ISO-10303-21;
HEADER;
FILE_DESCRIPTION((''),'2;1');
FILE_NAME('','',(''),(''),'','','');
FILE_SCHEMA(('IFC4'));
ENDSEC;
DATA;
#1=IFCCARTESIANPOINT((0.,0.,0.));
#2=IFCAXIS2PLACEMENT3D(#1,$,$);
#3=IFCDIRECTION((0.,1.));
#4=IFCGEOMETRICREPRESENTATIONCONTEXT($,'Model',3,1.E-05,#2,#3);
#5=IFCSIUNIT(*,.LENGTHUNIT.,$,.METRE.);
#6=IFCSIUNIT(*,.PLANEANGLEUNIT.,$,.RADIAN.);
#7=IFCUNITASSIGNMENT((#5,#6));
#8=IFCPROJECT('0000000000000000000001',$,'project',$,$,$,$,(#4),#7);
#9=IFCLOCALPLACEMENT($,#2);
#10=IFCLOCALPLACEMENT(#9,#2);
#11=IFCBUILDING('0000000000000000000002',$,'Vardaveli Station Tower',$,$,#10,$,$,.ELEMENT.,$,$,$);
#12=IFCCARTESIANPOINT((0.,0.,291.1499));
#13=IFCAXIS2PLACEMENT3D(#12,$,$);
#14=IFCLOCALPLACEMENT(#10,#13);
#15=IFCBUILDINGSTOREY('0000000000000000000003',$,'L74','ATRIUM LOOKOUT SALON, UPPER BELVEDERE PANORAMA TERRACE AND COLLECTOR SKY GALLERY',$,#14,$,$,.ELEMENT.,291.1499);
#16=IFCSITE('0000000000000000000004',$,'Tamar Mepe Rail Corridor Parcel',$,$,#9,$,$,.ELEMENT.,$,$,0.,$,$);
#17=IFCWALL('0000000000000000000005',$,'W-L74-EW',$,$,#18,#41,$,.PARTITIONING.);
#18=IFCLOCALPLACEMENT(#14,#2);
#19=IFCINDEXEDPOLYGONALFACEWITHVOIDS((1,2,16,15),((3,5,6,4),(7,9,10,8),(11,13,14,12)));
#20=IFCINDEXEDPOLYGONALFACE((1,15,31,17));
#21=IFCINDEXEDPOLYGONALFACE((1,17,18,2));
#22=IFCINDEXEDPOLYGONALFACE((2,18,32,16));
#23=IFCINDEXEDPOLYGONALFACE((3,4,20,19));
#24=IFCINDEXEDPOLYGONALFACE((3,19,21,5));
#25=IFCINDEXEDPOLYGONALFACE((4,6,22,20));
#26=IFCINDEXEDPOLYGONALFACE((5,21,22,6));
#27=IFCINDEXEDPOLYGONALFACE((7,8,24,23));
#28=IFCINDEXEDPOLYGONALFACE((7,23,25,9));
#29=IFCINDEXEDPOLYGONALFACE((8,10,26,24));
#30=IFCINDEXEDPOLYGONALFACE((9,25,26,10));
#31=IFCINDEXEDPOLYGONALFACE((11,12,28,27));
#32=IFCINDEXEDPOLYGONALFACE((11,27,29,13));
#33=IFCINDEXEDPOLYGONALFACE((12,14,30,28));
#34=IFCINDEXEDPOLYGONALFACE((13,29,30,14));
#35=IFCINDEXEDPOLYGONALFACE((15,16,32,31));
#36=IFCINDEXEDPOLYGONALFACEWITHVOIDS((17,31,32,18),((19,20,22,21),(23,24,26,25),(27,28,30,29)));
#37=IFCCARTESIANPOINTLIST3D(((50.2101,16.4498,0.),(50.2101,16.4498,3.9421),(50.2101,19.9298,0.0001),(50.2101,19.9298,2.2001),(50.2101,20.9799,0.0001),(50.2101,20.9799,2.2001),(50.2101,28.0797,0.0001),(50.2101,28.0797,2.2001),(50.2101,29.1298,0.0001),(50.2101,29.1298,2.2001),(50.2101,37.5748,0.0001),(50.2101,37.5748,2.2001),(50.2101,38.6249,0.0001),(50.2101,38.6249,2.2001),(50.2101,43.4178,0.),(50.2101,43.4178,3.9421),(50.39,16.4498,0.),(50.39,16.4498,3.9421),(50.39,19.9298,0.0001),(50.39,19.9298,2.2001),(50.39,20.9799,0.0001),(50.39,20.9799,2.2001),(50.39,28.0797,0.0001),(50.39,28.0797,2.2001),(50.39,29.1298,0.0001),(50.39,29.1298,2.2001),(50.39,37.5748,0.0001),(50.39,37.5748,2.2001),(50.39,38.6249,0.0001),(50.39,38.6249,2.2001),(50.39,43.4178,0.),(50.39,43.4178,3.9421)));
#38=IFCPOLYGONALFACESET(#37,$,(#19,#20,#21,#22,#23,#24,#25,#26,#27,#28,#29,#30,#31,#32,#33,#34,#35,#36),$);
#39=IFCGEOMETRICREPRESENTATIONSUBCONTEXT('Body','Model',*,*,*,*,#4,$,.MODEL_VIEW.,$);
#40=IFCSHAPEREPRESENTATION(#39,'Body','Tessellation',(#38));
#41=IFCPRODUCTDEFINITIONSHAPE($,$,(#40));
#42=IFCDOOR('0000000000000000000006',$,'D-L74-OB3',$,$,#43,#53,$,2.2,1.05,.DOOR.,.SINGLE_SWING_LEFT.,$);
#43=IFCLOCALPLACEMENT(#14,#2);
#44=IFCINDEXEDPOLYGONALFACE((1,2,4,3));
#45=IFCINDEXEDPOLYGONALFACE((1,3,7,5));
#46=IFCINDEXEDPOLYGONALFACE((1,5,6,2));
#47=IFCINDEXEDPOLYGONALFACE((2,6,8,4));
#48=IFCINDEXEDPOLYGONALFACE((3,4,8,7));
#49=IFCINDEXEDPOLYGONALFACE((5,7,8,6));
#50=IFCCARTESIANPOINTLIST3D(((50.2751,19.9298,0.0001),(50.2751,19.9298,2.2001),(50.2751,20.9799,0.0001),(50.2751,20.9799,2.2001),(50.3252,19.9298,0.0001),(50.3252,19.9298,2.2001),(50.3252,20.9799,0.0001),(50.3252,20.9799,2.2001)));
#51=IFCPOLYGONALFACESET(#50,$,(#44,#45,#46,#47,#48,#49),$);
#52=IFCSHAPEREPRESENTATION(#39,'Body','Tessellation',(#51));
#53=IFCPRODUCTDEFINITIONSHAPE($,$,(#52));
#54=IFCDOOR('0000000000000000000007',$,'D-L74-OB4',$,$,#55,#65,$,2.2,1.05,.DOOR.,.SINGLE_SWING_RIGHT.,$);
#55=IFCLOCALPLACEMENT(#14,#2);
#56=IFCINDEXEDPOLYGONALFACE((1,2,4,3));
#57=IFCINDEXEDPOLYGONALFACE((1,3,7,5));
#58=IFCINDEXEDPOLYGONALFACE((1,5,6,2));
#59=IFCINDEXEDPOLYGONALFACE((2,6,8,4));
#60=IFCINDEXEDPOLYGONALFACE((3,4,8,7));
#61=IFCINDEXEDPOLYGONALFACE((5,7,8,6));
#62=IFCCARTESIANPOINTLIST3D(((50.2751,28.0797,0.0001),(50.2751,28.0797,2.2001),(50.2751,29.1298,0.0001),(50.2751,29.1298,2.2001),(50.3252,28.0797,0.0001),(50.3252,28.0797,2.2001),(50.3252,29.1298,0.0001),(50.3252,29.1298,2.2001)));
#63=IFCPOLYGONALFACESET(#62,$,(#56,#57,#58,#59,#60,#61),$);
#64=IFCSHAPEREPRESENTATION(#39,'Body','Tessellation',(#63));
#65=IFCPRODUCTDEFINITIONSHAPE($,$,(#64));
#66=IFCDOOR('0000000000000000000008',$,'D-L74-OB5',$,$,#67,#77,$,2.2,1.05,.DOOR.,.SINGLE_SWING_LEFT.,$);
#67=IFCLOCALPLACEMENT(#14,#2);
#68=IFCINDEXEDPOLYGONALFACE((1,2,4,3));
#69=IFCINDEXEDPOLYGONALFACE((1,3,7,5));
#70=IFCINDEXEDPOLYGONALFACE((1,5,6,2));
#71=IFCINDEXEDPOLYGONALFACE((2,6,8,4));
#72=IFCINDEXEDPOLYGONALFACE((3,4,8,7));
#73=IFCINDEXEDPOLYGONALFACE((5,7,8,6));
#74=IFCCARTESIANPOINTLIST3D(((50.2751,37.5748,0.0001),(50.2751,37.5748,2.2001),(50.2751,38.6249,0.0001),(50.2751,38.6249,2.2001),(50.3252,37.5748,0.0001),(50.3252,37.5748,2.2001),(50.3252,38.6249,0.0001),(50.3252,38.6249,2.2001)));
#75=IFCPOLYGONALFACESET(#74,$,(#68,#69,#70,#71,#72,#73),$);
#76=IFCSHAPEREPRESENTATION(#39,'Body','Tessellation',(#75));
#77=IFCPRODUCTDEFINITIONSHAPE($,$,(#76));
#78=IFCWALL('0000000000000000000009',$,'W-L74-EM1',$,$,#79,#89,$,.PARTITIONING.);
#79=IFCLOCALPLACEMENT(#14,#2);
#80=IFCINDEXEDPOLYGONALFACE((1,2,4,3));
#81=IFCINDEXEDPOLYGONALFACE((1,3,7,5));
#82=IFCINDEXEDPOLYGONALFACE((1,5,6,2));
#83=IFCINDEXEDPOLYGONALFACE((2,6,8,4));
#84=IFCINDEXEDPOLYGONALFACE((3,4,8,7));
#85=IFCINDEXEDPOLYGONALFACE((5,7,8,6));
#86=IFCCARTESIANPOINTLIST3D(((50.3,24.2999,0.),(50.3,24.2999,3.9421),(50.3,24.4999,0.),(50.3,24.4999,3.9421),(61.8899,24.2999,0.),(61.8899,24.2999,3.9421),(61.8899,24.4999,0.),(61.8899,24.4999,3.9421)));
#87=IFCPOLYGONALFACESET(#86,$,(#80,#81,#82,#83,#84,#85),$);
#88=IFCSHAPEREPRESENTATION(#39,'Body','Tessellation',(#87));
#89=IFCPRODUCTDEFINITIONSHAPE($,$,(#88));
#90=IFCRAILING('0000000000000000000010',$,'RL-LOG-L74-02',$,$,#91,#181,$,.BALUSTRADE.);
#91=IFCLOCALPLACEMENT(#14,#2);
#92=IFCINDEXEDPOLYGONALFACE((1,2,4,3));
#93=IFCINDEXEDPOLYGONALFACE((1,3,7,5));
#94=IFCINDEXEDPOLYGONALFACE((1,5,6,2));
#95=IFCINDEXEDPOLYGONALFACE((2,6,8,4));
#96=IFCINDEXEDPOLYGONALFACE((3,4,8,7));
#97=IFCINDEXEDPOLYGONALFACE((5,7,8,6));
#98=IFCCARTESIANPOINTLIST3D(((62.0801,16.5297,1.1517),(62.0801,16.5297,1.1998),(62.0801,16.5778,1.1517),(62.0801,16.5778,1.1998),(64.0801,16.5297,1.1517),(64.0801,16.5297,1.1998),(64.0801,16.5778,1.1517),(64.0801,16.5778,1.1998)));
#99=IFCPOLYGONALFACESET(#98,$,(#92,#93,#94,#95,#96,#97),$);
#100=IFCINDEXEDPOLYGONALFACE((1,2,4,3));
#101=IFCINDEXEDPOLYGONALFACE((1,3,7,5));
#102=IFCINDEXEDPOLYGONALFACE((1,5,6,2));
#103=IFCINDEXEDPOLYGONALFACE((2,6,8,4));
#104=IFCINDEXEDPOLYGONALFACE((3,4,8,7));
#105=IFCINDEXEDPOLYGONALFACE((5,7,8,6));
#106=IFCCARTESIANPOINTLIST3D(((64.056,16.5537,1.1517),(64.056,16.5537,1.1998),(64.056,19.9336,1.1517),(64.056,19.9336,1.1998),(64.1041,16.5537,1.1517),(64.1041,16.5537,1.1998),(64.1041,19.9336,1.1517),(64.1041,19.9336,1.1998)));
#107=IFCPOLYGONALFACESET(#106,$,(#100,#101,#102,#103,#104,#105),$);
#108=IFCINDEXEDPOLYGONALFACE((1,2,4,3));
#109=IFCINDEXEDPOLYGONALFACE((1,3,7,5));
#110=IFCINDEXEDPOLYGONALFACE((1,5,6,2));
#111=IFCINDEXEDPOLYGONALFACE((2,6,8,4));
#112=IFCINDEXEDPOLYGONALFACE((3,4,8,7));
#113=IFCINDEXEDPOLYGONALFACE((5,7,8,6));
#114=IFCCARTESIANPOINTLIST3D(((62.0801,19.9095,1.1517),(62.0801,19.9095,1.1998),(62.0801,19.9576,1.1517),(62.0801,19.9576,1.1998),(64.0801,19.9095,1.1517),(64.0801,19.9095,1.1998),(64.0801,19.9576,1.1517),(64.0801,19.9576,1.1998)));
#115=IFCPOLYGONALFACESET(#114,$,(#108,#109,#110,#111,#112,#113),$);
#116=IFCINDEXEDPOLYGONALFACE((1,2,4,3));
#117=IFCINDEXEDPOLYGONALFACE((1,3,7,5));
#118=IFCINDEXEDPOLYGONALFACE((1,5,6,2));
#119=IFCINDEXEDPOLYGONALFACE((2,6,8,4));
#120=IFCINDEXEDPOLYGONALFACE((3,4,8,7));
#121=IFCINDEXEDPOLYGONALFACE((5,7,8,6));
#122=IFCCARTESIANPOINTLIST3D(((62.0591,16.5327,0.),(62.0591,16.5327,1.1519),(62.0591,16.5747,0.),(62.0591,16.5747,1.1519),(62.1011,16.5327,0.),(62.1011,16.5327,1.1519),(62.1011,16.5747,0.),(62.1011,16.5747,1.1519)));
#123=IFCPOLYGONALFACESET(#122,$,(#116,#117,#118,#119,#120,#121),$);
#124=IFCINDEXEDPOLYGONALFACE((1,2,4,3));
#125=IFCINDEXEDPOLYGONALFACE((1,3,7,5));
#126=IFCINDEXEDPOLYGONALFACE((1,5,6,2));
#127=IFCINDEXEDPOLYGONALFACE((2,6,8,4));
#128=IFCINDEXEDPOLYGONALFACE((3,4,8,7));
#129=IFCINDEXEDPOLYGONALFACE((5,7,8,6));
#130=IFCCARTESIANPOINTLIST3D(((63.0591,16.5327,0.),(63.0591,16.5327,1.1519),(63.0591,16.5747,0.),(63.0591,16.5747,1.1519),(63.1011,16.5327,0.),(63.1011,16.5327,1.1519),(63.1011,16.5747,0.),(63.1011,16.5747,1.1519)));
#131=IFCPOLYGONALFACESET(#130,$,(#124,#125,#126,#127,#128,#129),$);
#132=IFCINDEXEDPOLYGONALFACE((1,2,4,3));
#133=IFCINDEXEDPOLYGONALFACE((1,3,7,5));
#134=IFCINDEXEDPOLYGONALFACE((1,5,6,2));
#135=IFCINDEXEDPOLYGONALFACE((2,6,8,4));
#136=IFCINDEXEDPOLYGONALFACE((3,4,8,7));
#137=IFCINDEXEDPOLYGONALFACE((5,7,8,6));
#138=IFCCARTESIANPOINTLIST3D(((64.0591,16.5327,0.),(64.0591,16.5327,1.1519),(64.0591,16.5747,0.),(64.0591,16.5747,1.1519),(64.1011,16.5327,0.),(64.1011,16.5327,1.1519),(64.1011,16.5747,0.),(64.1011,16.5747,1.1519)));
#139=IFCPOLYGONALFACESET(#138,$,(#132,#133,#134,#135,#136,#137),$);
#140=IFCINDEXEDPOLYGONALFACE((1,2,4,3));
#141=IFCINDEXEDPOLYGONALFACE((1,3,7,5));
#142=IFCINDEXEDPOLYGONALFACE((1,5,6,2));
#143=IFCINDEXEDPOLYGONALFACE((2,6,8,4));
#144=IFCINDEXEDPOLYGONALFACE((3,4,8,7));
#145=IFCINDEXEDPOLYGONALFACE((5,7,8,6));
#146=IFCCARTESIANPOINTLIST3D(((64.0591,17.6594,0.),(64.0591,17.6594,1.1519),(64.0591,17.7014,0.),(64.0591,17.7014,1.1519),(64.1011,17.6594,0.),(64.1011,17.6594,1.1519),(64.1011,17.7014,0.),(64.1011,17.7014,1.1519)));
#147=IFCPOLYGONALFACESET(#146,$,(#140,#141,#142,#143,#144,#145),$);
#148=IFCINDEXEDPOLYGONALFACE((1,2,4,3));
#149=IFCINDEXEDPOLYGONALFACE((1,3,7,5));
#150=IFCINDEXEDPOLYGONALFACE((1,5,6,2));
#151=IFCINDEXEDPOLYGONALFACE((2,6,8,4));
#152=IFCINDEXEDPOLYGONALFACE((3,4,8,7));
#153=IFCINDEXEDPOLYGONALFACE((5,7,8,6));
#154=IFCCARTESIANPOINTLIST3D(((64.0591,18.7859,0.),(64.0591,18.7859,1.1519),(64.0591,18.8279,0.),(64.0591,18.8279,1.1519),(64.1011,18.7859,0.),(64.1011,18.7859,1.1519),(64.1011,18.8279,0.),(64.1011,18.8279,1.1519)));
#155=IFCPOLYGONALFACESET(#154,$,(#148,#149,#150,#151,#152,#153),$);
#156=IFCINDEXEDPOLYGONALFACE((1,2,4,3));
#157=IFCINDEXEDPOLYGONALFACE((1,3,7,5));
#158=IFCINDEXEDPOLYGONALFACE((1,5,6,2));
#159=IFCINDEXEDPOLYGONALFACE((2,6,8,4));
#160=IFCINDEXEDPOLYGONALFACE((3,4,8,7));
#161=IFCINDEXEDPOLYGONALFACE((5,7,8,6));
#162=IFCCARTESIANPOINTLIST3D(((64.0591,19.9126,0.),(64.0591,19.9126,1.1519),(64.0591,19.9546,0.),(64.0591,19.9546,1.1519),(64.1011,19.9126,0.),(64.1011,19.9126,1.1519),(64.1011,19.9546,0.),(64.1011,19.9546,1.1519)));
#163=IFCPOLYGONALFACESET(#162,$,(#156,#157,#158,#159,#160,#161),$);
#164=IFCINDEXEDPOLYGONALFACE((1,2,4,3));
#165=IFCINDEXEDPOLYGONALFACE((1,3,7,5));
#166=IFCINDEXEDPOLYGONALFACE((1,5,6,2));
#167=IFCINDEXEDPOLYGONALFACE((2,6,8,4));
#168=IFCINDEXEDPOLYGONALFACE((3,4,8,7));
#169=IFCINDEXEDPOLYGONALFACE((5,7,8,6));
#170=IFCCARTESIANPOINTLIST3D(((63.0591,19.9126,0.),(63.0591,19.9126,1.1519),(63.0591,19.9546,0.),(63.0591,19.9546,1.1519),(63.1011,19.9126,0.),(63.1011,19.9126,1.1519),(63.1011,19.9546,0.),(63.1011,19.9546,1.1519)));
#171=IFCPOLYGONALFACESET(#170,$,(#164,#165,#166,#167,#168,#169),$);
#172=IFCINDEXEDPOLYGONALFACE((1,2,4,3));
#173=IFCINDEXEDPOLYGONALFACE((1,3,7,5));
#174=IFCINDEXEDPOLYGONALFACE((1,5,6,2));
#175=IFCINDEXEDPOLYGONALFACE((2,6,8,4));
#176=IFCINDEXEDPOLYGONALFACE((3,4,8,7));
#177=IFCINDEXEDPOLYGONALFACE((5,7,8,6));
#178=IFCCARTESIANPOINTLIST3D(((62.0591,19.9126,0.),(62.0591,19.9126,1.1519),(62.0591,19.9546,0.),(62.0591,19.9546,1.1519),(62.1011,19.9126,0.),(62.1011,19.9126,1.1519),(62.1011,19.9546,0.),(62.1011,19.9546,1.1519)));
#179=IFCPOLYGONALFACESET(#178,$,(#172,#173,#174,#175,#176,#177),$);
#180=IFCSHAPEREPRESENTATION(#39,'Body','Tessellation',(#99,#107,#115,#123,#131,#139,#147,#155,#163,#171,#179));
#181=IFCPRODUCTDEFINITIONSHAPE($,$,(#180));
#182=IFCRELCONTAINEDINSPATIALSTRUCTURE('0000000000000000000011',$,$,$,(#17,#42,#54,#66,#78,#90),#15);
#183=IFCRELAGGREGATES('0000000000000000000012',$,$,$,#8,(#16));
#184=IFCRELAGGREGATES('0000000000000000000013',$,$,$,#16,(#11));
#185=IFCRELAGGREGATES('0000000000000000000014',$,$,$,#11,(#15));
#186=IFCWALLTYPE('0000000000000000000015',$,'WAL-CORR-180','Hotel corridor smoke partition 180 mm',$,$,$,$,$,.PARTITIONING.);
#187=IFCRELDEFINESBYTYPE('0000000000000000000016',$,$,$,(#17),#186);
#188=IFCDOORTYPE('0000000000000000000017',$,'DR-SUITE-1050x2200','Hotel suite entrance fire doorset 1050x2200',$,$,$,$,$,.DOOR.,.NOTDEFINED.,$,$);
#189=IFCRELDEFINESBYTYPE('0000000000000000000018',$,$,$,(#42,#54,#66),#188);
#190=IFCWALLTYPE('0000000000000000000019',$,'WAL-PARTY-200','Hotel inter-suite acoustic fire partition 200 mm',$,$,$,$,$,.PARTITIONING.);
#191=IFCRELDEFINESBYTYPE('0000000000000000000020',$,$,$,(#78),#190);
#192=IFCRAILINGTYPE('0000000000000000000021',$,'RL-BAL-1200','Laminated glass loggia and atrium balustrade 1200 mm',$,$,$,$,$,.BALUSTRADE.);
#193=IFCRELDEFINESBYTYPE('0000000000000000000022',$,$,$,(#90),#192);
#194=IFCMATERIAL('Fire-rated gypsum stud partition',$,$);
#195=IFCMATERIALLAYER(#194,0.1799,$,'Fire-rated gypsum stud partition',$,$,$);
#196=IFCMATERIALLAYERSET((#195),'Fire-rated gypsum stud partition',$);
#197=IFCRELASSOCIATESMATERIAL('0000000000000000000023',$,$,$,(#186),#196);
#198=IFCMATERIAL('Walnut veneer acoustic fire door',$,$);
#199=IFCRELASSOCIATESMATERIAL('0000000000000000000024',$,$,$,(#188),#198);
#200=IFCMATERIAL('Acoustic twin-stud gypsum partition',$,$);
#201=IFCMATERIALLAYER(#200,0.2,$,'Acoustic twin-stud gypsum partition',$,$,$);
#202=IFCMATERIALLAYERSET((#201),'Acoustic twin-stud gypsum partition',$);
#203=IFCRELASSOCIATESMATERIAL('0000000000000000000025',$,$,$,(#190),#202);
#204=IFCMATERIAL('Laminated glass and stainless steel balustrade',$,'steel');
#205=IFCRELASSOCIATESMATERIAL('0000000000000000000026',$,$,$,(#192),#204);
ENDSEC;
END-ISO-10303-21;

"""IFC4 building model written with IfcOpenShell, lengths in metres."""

from ifc_helpers import new_model, si_unit, direction, frame, frame_2d, origin, origin_2d, place, context, subcontext, project, spatial, rectangle, extrude, source, transform, mapped, material, layer, layer_set, type_object, element, fill, save


model = new_model("IFC4")

# Units and contexts
model_context = context("Model", 3, precision=1e-05, world=origin(), true_north=direction((0.0, 1.0)))
body_context = subcontext(model_context, "Body", "Model", "MODEL_VIEW")
ifc_project = project(units=[si_unit("LENGTHUNIT", "METRE"), si_unit("PLANEANGLEUNIT", "RADIAN")], contexts=[model_context])

# Site, building, storey
site_placement = place(None, origin())
site = spatial("IfcSite", under=ifc_project, at=site_placement, Name="Tamar Mepe Rail Corridor Parcel", CompositionType="ELEMENT", RefElevation=0.0)
building_placement = place(site_placement, origin())
building = spatial("IfcBuilding", under=site, at=building_placement, Name="Vardaveli Station Tower", CompositionType="ELEMENT")
storey_placement = place(building_placement, frame((0.0, 0.0, 291.1499)))
storey = spatial("IfcBuildingStorey", under=building, at=storey_placement, Name="L74", Description="ATRIUM LOOKOUT SALON, UPPER BELVEDERE PANORAMA TERRACE AND COLLECTOR SKY GALLERY", CompositionType="ELEMENT", Elevation=291.1499)

# Shared definitions
ifc_material_1 = material(Name="Fire-rated gypsum stud partition")
ifc_layer_1 = layer(ifc_material_1, 0.1799, Name="Fire-rated gypsum stud partition")
ifc_layer_set_1 = layer_set([ifc_layer_1], Name="Fire-rated gypsum stud partition")
wall_type_1 = type_object("IfcWallType", Name="WAL-CORR-180", Description="Hotel corridor smoke partition 180 mm", PredefinedType="PARTITIONING", material=ifc_layer_set_1)

# Wall, openings, doors
shared_shape_1 = source(origin(), body_context, "Body", "SweptSolid", [
    extrude(rectangle(XDim=26.968, YDim=0.1799, at=frame_2d((13.4839, 0.0))), origin(), (0.0, 0.0, 1.0), 3.9421),
])
wall_1_placement = place(storey_placement, frame((50.3, 16.45, 0.0), z_axis=(0.0, 0.0, 1.0), x_axis=(0.0, 1.0, 0.0)))
wall_1 = element("IfcWall", 1, at=wall_1_placement, inside=storey, type_object=wall_type_1, Name="W-L74-EW", PredefinedType="PARTITIONING", context=body_context, shape_type="MappedRepresentation", body=[
    mapped(shared_shape_1, transform((0.0, 0.0, 0.0), scale=1.0)),
])
shared_shape_2 = source(origin(), body_context, "Body", "SweptSolid", [
    extrude(rectangle(XDim=1.05, YDim=2.2, at=frame_2d((0.5249, 1.1001))), frame((0.0, 0.1001, 0.0), z_axis=(0.0, -1.0, 0.0), x_axis=(1.0, 0.0, 0.0)), (0.0, 0.0, 1.0), 0.2),
])
opening_1_placement = place(wall_1_placement, frame((3.48, 0.0, 0.0)))
opening_1 = element("IfcOpeningElement", 2, at=opening_1_placement, cuts=wall_1, PredefinedType="OPENING", context=body_context, shape_type="MappedRepresentation", body=[
    mapped(shared_shape_2, transform((0.0, 0.0, 0.0), scale=1.0)),
])
opening_2_placement = place(wall_1_placement, frame((11.6299, 0.0, 0.0)))
opening_2 = element("IfcOpeningElement", 3, at=opening_2_placement, cuts=wall_1, PredefinedType="OPENING", context=body_context, shape_type="MappedRepresentation", body=[
    mapped(shared_shape_2, transform((0.0, 0.0, 0.0), scale=1.0)),
])
opening_3_placement = place(wall_1_placement, frame((21.125, 0.0, 0.0)))
opening_3 = element("IfcOpeningElement", 4, at=opening_3_placement, cuts=wall_1, PredefinedType="OPENING", context=body_context, shape_type="MappedRepresentation", body=[
    mapped(shared_shape_2, transform((0.0, 0.0, 0.0), scale=1.0)),
])
ifc_material_2 = material(Name="Walnut veneer acoustic fire door")
door_type = type_object("IfcDoorType", Name="DR-SUITE-1050x2200", Description="Hotel suite entrance fire doorset 1050x2200", OperationType="NOTDEFINED", PredefinedType="DOOR", material=ifc_material_2)
shared_shape_3 = source(origin(), body_context, "Body", "SweptSolid", [
    extrude(rectangle(XDim=1.05, YDim=2.2, at=frame_2d((0.5249, 1.1001))), frame((0.0, 0.0249, 0.0), z_axis=(0.0, -1.0, 0.0), x_axis=(1.0, 0.0, 0.0)), (0.0, 0.0, 1.0), 0.05),
])
door_1_placement = place(opening_1_placement, origin())
door_1 = element("IfcDoor", 5, at=door_1_placement, inside=storey, type_object=door_type, Name="D-L74-OB3", OperationType="SINGLE_SWING_LEFT", OverallHeight=2.2, OverallWidth=1.05, PredefinedType="DOOR", context=body_context, shape_type="MappedRepresentation", body=[
    mapped(shared_shape_3, transform((0.0, 0.0, 0.0), scale=1.0)),
])
fill(opening_1, door_1)
door_2_placement = place(opening_2_placement, origin())
door_2 = element("IfcDoor", 6, at=door_2_placement, inside=storey, type_object=door_type, Name="D-L74-OB4", OperationType="SINGLE_SWING_RIGHT", OverallHeight=2.2, OverallWidth=1.05, PredefinedType="DOOR", context=body_context, shape_type="MappedRepresentation", body=[
    mapped(shared_shape_3, transform((0.0, 0.0, 0.0), scale=1.0)),
])
fill(opening_2, door_2)
door_3_placement = place(opening_3_placement, origin())
door_3 = element("IfcDoor", 7, at=door_3_placement, inside=storey, type_object=door_type, Name="D-L74-OB5", OperationType="SINGLE_SWING_LEFT", OverallHeight=2.2, OverallWidth=1.05, PredefinedType="DOOR", context=body_context, shape_type="MappedRepresentation", body=[
    mapped(shared_shape_3, transform((0.0, 0.0, 0.0), scale=1.0)),
])
fill(opening_3, door_3)

# Wall
ifc_material_3 = material(Name="Acoustic twin-stud gypsum partition")
ifc_layer_2 = layer(ifc_material_3, 0.2, Name="Acoustic twin-stud gypsum partition")
ifc_layer_set_2 = layer_set([ifc_layer_2], Name="Acoustic twin-stud gypsum partition")
wall_type_2 = type_object("IfcWallType", Name="WAL-PARTY-200", Description="Hotel inter-suite acoustic fire partition 200 mm", PredefinedType="PARTITIONING", material=ifc_layer_set_2)
shared_shape_4 = source(origin(), body_context, "Body", "SweptSolid", [
    extrude(rectangle(XDim=11.5898, YDim=0.2, at=frame_2d((5.7949, 0.0))), origin(), (0.0, 0.0, 1.0), 3.9421),
])
wall_2_placement = place(storey_placement, frame((50.3, 24.3999, 0.0), z_axis=(0.0, 0.0, 1.0), x_axis=(1.0, 0.0, 0.0)))
element("IfcWall", 8, at=wall_2_placement, inside=storey, type_object=wall_type_2, Name="W-L74-EM1", PredefinedType="PARTITIONING", context=body_context, shape_type="MappedRepresentation", body=[
    mapped(shared_shape_4, transform((0.0, 0.0, 0.0), scale=1.0)),
])

# Railing
ifc_material_4 = material(Name="Laminated glass and stainless steel balustrade", Category="steel")
railing_type = type_object("IfcRailingType", Name="RL-BAL-1200", Description="Laminated glass loggia and atrium balustrade 1200 mm", PredefinedType="BALUSTRADE", material=ifc_material_4)
shared_shape_5 = source(origin(), body_context, "Body", "SweptSolid", [
    extrude(rectangle(XDim=0.0481, YDim=0.0481, at=origin_2d()), frame((0.0, 0.0, 1.1758), z_axis=(1.0, 0.0, 0.0), x_axis=(0.0, 1.0, 0.0)), (0.0, 0.0, 1.0), 2.0),
    extrude(rectangle(XDim=0.0481, YDim=0.0481, at=origin_2d()), frame((2.0, 0.0, 1.1758), z_axis=(0.0, 1.0, 0.0), x_axis=(-1.0, 0.0, 0.0)), (0.0, 0.0, 1.0), 3.3799),
    extrude(rectangle(XDim=0.0481, YDim=0.0481, at=origin_2d()), frame((2.0, 3.3799, 1.1758), z_axis=(-1.0, 0.0, 0.0), x_axis=(0.0, -1.0, 0.0)), (0.0, 0.0, 1.0), 2.0),
    extrude(rectangle(XDim=0.042, YDim=0.042, at=origin_2d()), origin(), (0.0, 0.0, 1.0), 1.1519),
    extrude(rectangle(XDim=0.042, YDim=0.042, at=origin_2d()), frame((1.0, 0.0, 0.0)), (0.0, 0.0, 1.0), 1.1519),
    extrude(rectangle(XDim=0.042, YDim=0.042, at=origin_2d()), frame((2.0, 0.0, 0.0)), (0.0, 0.0, 1.0), 1.1519),
    extrude(rectangle(XDim=0.042, YDim=0.042, at=origin_2d()), frame((2.0, 1.1267, 0.0)), (0.0, 0.0, 1.0), 1.1519),
    extrude(rectangle(XDim=0.042, YDim=0.042, at=origin_2d()), frame((2.0, 2.2532, 0.0)), (0.0, 0.0, 1.0), 1.1519),
    extrude(rectangle(XDim=0.042, YDim=0.042, at=origin_2d()), frame((2.0, 3.3799, 0.0)), (0.0, 0.0, 1.0), 1.1519),
    extrude(rectangle(XDim=0.042, YDim=0.042, at=origin_2d()), frame((1.0, 3.3799, 0.0)), (0.0, 0.0, 1.0), 1.1519),
    extrude(rectangle(XDim=0.042, YDim=0.042, at=origin_2d()), frame((0.0, 3.3799, 0.0)), (0.0, 0.0, 1.0), 1.1519),
])
railing_placement = place(storey_placement, frame((62.0801, 16.5537, 0.0)))
element("IfcRailing", 9, at=railing_placement, inside=storey, type_object=railing_type, Name="RL-LOG-L74-02", PredefinedType="BALUSTRADE", context=body_context, shape_type="MappedRepresentation", body=[
    mapped(shared_shape_5, transform((0.0, 0.0, 0.0), scale=1.0)),
])

save(model, "model.ifc")
